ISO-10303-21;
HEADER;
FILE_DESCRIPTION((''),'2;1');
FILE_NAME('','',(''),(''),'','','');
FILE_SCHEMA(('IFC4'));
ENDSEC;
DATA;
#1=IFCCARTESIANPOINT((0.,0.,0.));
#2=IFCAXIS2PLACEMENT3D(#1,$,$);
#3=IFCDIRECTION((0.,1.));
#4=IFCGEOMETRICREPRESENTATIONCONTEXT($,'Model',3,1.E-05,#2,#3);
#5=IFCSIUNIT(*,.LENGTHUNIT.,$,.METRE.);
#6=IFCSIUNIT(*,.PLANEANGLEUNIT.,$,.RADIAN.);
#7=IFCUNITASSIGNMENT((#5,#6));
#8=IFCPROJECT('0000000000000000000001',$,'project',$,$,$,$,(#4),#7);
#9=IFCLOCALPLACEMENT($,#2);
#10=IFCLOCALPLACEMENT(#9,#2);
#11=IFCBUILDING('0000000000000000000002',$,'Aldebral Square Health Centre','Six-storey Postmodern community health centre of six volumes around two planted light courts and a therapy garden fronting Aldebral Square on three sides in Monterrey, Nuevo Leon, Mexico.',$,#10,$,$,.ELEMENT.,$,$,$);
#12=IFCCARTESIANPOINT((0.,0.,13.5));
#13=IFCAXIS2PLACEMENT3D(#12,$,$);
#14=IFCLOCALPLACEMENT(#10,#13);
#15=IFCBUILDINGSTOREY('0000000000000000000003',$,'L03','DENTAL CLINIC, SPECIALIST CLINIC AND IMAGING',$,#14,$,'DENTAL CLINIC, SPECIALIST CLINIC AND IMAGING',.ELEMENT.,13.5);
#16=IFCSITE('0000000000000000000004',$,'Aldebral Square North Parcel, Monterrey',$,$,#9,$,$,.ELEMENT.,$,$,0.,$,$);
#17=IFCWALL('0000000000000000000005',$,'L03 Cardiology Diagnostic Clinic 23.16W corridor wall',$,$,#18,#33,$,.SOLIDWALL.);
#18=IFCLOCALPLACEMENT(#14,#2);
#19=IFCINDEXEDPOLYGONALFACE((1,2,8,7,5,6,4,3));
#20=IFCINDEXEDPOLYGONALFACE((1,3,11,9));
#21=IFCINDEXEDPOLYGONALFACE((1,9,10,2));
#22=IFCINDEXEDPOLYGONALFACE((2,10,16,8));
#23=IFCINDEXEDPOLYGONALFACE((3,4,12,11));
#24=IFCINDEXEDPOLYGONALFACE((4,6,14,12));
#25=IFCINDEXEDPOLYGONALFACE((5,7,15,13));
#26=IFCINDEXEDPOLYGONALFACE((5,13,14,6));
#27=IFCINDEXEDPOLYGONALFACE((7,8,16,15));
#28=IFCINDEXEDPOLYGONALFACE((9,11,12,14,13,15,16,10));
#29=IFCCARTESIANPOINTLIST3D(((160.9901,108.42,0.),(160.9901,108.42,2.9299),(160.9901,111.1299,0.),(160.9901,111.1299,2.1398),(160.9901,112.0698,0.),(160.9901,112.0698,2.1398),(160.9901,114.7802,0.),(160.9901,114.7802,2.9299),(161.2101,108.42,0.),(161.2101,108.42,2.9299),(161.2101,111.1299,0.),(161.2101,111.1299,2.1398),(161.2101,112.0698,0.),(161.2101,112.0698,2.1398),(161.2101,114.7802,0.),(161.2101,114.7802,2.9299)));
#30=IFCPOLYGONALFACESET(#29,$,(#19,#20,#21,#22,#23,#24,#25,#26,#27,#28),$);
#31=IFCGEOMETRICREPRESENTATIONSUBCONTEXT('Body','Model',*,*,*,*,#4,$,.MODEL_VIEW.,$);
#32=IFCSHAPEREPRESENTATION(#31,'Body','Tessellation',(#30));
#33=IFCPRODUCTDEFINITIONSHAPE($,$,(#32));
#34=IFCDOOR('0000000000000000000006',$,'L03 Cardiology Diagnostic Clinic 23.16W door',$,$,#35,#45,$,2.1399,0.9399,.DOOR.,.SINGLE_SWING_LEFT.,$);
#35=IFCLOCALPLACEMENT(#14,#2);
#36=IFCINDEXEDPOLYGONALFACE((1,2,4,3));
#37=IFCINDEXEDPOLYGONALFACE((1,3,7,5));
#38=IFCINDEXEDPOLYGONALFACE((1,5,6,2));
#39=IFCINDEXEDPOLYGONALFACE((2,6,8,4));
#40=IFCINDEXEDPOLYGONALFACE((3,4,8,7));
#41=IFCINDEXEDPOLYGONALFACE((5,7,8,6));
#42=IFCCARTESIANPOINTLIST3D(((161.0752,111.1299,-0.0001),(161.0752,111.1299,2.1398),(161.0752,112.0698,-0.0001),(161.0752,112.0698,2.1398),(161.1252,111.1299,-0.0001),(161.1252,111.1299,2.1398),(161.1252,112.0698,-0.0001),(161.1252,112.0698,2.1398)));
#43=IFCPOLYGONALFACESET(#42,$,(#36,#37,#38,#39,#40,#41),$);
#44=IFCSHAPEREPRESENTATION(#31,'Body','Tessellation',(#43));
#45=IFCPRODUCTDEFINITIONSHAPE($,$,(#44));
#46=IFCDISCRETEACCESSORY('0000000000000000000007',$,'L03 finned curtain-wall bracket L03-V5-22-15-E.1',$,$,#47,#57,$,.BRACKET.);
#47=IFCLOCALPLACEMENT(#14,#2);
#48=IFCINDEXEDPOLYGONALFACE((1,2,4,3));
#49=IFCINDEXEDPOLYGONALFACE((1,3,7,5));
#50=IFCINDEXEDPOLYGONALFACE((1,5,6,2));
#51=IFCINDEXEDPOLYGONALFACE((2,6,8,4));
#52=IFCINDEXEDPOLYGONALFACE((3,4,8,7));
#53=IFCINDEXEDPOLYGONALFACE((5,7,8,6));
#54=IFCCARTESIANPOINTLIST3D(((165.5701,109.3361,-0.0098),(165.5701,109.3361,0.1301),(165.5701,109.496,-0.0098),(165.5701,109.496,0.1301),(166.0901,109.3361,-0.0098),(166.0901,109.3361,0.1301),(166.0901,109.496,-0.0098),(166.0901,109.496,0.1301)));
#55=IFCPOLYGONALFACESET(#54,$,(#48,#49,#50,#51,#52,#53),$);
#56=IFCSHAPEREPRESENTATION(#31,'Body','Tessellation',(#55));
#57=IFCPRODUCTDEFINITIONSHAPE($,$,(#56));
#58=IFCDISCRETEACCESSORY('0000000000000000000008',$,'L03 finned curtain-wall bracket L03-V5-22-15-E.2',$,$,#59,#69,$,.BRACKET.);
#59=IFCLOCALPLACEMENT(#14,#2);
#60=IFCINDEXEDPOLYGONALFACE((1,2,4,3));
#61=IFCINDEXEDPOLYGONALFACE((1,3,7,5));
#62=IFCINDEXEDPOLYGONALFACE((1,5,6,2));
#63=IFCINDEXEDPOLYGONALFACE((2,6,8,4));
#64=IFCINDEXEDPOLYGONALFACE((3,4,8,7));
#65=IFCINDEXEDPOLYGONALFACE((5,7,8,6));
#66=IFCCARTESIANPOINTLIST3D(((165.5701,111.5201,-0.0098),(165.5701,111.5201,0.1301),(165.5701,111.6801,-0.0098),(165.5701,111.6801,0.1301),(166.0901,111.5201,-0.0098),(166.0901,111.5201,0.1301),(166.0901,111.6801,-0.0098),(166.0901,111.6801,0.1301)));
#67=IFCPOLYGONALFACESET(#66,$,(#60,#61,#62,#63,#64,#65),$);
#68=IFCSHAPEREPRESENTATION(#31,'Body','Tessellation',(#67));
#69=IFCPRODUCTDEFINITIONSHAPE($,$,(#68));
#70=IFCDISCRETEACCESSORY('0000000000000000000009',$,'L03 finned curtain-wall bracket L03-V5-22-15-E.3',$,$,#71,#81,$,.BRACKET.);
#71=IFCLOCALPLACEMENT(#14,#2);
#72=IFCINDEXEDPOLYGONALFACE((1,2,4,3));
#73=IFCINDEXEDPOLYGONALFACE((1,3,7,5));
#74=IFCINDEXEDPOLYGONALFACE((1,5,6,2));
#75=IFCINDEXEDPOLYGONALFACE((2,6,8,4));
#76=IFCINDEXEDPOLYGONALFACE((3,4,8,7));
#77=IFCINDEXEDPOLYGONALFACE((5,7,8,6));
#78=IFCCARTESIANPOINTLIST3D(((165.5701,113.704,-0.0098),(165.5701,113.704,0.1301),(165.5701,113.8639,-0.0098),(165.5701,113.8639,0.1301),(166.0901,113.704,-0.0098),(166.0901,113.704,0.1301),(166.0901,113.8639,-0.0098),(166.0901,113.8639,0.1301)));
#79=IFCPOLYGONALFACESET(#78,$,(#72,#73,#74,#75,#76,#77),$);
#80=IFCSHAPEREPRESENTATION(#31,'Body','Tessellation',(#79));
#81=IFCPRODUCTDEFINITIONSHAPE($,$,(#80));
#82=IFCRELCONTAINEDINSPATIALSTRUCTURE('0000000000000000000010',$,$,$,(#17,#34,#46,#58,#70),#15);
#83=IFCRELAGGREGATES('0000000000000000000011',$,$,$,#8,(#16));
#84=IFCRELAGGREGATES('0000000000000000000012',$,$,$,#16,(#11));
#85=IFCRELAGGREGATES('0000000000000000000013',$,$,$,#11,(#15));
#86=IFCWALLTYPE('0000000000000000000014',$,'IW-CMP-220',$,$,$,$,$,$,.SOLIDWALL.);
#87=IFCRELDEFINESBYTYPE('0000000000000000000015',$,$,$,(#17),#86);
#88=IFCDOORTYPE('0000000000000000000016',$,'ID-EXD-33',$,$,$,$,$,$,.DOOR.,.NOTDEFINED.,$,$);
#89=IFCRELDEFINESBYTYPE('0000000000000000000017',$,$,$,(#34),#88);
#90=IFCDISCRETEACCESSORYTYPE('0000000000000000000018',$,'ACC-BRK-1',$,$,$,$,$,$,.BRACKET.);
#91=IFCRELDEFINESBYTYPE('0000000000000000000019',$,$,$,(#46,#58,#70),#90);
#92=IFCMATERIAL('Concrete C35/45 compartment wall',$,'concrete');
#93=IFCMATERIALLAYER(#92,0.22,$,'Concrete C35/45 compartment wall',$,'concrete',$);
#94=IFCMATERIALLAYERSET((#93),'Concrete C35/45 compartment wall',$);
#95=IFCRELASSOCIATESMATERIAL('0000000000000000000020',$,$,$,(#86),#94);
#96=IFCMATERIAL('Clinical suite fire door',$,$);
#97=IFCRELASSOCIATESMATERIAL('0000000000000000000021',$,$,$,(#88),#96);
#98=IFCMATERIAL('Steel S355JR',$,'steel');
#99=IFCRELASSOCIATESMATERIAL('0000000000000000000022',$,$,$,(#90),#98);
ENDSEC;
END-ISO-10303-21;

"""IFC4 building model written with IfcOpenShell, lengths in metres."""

from ifc_helpers import new_model, si_unit, direction, frame, frame_2d, origin, origin_2d, place, context, subcontext, project, spatial, rectangle, extrude, material, layer, layer_set, type_object, element, fill, save


model = new_model("IFC4")

# Units and contexts
model_context = context("Model", 3, precision=1e-05, world=origin(), true_north=direction((0.0, 1.0)))
body_context = subcontext(model_context, "Body", "Model", "MODEL_VIEW")
ifc_project = project(units=[si_unit("LENGTHUNIT", "METRE"), si_unit("PLANEANGLEUNIT", "RADIAN")], contexts=[model_context])

# Site, building, storey
site_placement = place(None, origin())
site = spatial("IfcSite", under=ifc_project, at=site_placement, Name="Aldebral Square North Parcel, Monterrey", CompositionType="ELEMENT", RefElevation=0.0)
building_placement = place(site_placement, origin())
building = spatial("IfcBuilding", under=site, at=building_placement, Name="Aldebral Square Health Centre", Description="Six-storey Postmodern community health centre of six volumes around two planted light courts and a therapy garden fronting Aldebral Square on three sides in Monterrey, Nuevo Leon, Mexico.", CompositionType="ELEMENT")
storey_placement = place(building_placement, frame((0.0, 0.0, 13.5)))
storey = spatial("IfcBuildingStorey", under=building, at=storey_placement, Name="L03", Description="DENTAL CLINIC, SPECIALIST CLINIC AND IMAGING", LongName="DENTAL CLINIC, SPECIALIST CLINIC AND IMAGING", CompositionType="ELEMENT", Elevation=13.5)

# Shared definitions
ifc_material_1 = material(Name="Steel S355JR", Category="steel")

# Wall, opening, door
ifc_material_2 = material(Name="Concrete C35/45 compartment wall", Category="concrete")
ifc_layer_1 = layer(ifc_material_2, 0.22, Name="Concrete C35/45 compartment wall", Category="concrete")
ifc_layer_set_1 = layer_set([ifc_layer_1], Name="Concrete C35/45 compartment wall")
wall_type_1 = type_object("IfcWallType", Name="IW-CMP-220", PredefinedType="SOLIDWALL", material=ifc_layer_set_1)
wall_1_placement = place(storey_placement, frame((161.1001, 108.4199, 0.0), z_axis=(0.0, 0.0, 1.0), x_axis=(0.0, 1.0, 0.0)))
wall_1 = element("IfcWall", 1, at=wall_1_placement, inside=storey, type_object=wall_type_1, Name="L03 Cardiology Diagnostic Clinic 23.16W corridor wall", PredefinedType="SOLIDWALL", context=body_context, shape_type="SweptSolid", body=[
    extrude(rectangle(XDim=6.3601, YDim=0.22, at=frame_2d((3.1802, 0.0))), origin(), (0.0, 0.0, 1.0), 2.9299),
])
opening_1_placement = place(wall_1_placement, frame((2.71, 0.0, 0.0)))
opening_1 = element("IfcOpeningElement", 2, at=opening_1_placement, cuts=wall_1, PredefinedType="OPENING", context=body_context, shape_type="SweptSolid", body=[
    extrude(rectangle(XDim=0.9399, YDim=2.1399, at=frame_2d((0.47, 1.0698))), frame((0.0, 0.1201, 0.0), z_axis=(0.0, -1.0, 0.0), x_axis=(1.0, 0.0, 0.0)), (0.0, 0.0, 1.0), 0.24),
])
ifc_material_3 = material(Name="Clinical suite fire door")
door_type_1 = type_object("IfcDoorType", Name="ID-EXD-33", OperationType="NOTDEFINED", PredefinedType="DOOR", material=ifc_material_3)
door_1_placement = place(opening_1_placement, origin())
door_1 = element("IfcDoor", 3, at=door_1_placement, inside=storey, type_object=door_type_1, Name="L03 Cardiology Diagnostic Clinic 23.16W door", OperationType="SINGLE_SWING_LEFT", OverallHeight=2.1399, OverallWidth=0.9399, PredefinedType="DOOR", context=body_context, shape_type="SweptSolid", body=[
    extrude(rectangle(XDim=0.9399, YDim=2.1399, at=frame_2d((0.47, 1.0698))), frame((0.0, 0.0249, 0.0), z_axis=(0.0, -1.0, 0.0), x_axis=(1.0, 0.0, 0.0)), (0.0, 0.0, 1.0), 0.05),
])
fill(opening_1, door_1)

# Discrete accessories
discrete_accessory_type = type_object("IfcDiscreteAccessoryType", Name="ACC-BRK-1", PredefinedType="BRACKET", material=ifc_material_1)
for number, where, z_axis, x_axis, name in (
    (4, (165.8301, 109.416, -0.0098), (0.0, 0.0, 1.0), (0.0, 1.0, 0.0), "L03 finned curtain-wall bracket L03-V5-22-15-E.1"),
    (5, (165.8301, 111.6001, -0.0098), (0.0, 0.0, 1.0), (0.0, 1.0, 0.0), "L03 finned curtain-wall bracket L03-V5-22-15-E.2"),
    (6, (165.8301, 113.7839, -0.0098), (0.0, 0.0, 1.0), (0.0, 1.0, 0.0), "L03 finned curtain-wall bracket L03-V5-22-15-E.3"),
):
    element("IfcDiscreteAccessory", number, at=place(storey_placement, frame(where, z_axis=z_axis, x_axis=x_axis)), inside=storey, type_object=discrete_accessory_type, Name=name, PredefinedType="BRACKET", context=body_context, shape_type="SweptSolid", body=[
        extrude(rectangle(XDim=0.1599, YDim=0.52, at=origin_2d()), origin(), (0.0, 0.0, 1.0), 0.1399),
    ])

save(model, "model.ifc")
